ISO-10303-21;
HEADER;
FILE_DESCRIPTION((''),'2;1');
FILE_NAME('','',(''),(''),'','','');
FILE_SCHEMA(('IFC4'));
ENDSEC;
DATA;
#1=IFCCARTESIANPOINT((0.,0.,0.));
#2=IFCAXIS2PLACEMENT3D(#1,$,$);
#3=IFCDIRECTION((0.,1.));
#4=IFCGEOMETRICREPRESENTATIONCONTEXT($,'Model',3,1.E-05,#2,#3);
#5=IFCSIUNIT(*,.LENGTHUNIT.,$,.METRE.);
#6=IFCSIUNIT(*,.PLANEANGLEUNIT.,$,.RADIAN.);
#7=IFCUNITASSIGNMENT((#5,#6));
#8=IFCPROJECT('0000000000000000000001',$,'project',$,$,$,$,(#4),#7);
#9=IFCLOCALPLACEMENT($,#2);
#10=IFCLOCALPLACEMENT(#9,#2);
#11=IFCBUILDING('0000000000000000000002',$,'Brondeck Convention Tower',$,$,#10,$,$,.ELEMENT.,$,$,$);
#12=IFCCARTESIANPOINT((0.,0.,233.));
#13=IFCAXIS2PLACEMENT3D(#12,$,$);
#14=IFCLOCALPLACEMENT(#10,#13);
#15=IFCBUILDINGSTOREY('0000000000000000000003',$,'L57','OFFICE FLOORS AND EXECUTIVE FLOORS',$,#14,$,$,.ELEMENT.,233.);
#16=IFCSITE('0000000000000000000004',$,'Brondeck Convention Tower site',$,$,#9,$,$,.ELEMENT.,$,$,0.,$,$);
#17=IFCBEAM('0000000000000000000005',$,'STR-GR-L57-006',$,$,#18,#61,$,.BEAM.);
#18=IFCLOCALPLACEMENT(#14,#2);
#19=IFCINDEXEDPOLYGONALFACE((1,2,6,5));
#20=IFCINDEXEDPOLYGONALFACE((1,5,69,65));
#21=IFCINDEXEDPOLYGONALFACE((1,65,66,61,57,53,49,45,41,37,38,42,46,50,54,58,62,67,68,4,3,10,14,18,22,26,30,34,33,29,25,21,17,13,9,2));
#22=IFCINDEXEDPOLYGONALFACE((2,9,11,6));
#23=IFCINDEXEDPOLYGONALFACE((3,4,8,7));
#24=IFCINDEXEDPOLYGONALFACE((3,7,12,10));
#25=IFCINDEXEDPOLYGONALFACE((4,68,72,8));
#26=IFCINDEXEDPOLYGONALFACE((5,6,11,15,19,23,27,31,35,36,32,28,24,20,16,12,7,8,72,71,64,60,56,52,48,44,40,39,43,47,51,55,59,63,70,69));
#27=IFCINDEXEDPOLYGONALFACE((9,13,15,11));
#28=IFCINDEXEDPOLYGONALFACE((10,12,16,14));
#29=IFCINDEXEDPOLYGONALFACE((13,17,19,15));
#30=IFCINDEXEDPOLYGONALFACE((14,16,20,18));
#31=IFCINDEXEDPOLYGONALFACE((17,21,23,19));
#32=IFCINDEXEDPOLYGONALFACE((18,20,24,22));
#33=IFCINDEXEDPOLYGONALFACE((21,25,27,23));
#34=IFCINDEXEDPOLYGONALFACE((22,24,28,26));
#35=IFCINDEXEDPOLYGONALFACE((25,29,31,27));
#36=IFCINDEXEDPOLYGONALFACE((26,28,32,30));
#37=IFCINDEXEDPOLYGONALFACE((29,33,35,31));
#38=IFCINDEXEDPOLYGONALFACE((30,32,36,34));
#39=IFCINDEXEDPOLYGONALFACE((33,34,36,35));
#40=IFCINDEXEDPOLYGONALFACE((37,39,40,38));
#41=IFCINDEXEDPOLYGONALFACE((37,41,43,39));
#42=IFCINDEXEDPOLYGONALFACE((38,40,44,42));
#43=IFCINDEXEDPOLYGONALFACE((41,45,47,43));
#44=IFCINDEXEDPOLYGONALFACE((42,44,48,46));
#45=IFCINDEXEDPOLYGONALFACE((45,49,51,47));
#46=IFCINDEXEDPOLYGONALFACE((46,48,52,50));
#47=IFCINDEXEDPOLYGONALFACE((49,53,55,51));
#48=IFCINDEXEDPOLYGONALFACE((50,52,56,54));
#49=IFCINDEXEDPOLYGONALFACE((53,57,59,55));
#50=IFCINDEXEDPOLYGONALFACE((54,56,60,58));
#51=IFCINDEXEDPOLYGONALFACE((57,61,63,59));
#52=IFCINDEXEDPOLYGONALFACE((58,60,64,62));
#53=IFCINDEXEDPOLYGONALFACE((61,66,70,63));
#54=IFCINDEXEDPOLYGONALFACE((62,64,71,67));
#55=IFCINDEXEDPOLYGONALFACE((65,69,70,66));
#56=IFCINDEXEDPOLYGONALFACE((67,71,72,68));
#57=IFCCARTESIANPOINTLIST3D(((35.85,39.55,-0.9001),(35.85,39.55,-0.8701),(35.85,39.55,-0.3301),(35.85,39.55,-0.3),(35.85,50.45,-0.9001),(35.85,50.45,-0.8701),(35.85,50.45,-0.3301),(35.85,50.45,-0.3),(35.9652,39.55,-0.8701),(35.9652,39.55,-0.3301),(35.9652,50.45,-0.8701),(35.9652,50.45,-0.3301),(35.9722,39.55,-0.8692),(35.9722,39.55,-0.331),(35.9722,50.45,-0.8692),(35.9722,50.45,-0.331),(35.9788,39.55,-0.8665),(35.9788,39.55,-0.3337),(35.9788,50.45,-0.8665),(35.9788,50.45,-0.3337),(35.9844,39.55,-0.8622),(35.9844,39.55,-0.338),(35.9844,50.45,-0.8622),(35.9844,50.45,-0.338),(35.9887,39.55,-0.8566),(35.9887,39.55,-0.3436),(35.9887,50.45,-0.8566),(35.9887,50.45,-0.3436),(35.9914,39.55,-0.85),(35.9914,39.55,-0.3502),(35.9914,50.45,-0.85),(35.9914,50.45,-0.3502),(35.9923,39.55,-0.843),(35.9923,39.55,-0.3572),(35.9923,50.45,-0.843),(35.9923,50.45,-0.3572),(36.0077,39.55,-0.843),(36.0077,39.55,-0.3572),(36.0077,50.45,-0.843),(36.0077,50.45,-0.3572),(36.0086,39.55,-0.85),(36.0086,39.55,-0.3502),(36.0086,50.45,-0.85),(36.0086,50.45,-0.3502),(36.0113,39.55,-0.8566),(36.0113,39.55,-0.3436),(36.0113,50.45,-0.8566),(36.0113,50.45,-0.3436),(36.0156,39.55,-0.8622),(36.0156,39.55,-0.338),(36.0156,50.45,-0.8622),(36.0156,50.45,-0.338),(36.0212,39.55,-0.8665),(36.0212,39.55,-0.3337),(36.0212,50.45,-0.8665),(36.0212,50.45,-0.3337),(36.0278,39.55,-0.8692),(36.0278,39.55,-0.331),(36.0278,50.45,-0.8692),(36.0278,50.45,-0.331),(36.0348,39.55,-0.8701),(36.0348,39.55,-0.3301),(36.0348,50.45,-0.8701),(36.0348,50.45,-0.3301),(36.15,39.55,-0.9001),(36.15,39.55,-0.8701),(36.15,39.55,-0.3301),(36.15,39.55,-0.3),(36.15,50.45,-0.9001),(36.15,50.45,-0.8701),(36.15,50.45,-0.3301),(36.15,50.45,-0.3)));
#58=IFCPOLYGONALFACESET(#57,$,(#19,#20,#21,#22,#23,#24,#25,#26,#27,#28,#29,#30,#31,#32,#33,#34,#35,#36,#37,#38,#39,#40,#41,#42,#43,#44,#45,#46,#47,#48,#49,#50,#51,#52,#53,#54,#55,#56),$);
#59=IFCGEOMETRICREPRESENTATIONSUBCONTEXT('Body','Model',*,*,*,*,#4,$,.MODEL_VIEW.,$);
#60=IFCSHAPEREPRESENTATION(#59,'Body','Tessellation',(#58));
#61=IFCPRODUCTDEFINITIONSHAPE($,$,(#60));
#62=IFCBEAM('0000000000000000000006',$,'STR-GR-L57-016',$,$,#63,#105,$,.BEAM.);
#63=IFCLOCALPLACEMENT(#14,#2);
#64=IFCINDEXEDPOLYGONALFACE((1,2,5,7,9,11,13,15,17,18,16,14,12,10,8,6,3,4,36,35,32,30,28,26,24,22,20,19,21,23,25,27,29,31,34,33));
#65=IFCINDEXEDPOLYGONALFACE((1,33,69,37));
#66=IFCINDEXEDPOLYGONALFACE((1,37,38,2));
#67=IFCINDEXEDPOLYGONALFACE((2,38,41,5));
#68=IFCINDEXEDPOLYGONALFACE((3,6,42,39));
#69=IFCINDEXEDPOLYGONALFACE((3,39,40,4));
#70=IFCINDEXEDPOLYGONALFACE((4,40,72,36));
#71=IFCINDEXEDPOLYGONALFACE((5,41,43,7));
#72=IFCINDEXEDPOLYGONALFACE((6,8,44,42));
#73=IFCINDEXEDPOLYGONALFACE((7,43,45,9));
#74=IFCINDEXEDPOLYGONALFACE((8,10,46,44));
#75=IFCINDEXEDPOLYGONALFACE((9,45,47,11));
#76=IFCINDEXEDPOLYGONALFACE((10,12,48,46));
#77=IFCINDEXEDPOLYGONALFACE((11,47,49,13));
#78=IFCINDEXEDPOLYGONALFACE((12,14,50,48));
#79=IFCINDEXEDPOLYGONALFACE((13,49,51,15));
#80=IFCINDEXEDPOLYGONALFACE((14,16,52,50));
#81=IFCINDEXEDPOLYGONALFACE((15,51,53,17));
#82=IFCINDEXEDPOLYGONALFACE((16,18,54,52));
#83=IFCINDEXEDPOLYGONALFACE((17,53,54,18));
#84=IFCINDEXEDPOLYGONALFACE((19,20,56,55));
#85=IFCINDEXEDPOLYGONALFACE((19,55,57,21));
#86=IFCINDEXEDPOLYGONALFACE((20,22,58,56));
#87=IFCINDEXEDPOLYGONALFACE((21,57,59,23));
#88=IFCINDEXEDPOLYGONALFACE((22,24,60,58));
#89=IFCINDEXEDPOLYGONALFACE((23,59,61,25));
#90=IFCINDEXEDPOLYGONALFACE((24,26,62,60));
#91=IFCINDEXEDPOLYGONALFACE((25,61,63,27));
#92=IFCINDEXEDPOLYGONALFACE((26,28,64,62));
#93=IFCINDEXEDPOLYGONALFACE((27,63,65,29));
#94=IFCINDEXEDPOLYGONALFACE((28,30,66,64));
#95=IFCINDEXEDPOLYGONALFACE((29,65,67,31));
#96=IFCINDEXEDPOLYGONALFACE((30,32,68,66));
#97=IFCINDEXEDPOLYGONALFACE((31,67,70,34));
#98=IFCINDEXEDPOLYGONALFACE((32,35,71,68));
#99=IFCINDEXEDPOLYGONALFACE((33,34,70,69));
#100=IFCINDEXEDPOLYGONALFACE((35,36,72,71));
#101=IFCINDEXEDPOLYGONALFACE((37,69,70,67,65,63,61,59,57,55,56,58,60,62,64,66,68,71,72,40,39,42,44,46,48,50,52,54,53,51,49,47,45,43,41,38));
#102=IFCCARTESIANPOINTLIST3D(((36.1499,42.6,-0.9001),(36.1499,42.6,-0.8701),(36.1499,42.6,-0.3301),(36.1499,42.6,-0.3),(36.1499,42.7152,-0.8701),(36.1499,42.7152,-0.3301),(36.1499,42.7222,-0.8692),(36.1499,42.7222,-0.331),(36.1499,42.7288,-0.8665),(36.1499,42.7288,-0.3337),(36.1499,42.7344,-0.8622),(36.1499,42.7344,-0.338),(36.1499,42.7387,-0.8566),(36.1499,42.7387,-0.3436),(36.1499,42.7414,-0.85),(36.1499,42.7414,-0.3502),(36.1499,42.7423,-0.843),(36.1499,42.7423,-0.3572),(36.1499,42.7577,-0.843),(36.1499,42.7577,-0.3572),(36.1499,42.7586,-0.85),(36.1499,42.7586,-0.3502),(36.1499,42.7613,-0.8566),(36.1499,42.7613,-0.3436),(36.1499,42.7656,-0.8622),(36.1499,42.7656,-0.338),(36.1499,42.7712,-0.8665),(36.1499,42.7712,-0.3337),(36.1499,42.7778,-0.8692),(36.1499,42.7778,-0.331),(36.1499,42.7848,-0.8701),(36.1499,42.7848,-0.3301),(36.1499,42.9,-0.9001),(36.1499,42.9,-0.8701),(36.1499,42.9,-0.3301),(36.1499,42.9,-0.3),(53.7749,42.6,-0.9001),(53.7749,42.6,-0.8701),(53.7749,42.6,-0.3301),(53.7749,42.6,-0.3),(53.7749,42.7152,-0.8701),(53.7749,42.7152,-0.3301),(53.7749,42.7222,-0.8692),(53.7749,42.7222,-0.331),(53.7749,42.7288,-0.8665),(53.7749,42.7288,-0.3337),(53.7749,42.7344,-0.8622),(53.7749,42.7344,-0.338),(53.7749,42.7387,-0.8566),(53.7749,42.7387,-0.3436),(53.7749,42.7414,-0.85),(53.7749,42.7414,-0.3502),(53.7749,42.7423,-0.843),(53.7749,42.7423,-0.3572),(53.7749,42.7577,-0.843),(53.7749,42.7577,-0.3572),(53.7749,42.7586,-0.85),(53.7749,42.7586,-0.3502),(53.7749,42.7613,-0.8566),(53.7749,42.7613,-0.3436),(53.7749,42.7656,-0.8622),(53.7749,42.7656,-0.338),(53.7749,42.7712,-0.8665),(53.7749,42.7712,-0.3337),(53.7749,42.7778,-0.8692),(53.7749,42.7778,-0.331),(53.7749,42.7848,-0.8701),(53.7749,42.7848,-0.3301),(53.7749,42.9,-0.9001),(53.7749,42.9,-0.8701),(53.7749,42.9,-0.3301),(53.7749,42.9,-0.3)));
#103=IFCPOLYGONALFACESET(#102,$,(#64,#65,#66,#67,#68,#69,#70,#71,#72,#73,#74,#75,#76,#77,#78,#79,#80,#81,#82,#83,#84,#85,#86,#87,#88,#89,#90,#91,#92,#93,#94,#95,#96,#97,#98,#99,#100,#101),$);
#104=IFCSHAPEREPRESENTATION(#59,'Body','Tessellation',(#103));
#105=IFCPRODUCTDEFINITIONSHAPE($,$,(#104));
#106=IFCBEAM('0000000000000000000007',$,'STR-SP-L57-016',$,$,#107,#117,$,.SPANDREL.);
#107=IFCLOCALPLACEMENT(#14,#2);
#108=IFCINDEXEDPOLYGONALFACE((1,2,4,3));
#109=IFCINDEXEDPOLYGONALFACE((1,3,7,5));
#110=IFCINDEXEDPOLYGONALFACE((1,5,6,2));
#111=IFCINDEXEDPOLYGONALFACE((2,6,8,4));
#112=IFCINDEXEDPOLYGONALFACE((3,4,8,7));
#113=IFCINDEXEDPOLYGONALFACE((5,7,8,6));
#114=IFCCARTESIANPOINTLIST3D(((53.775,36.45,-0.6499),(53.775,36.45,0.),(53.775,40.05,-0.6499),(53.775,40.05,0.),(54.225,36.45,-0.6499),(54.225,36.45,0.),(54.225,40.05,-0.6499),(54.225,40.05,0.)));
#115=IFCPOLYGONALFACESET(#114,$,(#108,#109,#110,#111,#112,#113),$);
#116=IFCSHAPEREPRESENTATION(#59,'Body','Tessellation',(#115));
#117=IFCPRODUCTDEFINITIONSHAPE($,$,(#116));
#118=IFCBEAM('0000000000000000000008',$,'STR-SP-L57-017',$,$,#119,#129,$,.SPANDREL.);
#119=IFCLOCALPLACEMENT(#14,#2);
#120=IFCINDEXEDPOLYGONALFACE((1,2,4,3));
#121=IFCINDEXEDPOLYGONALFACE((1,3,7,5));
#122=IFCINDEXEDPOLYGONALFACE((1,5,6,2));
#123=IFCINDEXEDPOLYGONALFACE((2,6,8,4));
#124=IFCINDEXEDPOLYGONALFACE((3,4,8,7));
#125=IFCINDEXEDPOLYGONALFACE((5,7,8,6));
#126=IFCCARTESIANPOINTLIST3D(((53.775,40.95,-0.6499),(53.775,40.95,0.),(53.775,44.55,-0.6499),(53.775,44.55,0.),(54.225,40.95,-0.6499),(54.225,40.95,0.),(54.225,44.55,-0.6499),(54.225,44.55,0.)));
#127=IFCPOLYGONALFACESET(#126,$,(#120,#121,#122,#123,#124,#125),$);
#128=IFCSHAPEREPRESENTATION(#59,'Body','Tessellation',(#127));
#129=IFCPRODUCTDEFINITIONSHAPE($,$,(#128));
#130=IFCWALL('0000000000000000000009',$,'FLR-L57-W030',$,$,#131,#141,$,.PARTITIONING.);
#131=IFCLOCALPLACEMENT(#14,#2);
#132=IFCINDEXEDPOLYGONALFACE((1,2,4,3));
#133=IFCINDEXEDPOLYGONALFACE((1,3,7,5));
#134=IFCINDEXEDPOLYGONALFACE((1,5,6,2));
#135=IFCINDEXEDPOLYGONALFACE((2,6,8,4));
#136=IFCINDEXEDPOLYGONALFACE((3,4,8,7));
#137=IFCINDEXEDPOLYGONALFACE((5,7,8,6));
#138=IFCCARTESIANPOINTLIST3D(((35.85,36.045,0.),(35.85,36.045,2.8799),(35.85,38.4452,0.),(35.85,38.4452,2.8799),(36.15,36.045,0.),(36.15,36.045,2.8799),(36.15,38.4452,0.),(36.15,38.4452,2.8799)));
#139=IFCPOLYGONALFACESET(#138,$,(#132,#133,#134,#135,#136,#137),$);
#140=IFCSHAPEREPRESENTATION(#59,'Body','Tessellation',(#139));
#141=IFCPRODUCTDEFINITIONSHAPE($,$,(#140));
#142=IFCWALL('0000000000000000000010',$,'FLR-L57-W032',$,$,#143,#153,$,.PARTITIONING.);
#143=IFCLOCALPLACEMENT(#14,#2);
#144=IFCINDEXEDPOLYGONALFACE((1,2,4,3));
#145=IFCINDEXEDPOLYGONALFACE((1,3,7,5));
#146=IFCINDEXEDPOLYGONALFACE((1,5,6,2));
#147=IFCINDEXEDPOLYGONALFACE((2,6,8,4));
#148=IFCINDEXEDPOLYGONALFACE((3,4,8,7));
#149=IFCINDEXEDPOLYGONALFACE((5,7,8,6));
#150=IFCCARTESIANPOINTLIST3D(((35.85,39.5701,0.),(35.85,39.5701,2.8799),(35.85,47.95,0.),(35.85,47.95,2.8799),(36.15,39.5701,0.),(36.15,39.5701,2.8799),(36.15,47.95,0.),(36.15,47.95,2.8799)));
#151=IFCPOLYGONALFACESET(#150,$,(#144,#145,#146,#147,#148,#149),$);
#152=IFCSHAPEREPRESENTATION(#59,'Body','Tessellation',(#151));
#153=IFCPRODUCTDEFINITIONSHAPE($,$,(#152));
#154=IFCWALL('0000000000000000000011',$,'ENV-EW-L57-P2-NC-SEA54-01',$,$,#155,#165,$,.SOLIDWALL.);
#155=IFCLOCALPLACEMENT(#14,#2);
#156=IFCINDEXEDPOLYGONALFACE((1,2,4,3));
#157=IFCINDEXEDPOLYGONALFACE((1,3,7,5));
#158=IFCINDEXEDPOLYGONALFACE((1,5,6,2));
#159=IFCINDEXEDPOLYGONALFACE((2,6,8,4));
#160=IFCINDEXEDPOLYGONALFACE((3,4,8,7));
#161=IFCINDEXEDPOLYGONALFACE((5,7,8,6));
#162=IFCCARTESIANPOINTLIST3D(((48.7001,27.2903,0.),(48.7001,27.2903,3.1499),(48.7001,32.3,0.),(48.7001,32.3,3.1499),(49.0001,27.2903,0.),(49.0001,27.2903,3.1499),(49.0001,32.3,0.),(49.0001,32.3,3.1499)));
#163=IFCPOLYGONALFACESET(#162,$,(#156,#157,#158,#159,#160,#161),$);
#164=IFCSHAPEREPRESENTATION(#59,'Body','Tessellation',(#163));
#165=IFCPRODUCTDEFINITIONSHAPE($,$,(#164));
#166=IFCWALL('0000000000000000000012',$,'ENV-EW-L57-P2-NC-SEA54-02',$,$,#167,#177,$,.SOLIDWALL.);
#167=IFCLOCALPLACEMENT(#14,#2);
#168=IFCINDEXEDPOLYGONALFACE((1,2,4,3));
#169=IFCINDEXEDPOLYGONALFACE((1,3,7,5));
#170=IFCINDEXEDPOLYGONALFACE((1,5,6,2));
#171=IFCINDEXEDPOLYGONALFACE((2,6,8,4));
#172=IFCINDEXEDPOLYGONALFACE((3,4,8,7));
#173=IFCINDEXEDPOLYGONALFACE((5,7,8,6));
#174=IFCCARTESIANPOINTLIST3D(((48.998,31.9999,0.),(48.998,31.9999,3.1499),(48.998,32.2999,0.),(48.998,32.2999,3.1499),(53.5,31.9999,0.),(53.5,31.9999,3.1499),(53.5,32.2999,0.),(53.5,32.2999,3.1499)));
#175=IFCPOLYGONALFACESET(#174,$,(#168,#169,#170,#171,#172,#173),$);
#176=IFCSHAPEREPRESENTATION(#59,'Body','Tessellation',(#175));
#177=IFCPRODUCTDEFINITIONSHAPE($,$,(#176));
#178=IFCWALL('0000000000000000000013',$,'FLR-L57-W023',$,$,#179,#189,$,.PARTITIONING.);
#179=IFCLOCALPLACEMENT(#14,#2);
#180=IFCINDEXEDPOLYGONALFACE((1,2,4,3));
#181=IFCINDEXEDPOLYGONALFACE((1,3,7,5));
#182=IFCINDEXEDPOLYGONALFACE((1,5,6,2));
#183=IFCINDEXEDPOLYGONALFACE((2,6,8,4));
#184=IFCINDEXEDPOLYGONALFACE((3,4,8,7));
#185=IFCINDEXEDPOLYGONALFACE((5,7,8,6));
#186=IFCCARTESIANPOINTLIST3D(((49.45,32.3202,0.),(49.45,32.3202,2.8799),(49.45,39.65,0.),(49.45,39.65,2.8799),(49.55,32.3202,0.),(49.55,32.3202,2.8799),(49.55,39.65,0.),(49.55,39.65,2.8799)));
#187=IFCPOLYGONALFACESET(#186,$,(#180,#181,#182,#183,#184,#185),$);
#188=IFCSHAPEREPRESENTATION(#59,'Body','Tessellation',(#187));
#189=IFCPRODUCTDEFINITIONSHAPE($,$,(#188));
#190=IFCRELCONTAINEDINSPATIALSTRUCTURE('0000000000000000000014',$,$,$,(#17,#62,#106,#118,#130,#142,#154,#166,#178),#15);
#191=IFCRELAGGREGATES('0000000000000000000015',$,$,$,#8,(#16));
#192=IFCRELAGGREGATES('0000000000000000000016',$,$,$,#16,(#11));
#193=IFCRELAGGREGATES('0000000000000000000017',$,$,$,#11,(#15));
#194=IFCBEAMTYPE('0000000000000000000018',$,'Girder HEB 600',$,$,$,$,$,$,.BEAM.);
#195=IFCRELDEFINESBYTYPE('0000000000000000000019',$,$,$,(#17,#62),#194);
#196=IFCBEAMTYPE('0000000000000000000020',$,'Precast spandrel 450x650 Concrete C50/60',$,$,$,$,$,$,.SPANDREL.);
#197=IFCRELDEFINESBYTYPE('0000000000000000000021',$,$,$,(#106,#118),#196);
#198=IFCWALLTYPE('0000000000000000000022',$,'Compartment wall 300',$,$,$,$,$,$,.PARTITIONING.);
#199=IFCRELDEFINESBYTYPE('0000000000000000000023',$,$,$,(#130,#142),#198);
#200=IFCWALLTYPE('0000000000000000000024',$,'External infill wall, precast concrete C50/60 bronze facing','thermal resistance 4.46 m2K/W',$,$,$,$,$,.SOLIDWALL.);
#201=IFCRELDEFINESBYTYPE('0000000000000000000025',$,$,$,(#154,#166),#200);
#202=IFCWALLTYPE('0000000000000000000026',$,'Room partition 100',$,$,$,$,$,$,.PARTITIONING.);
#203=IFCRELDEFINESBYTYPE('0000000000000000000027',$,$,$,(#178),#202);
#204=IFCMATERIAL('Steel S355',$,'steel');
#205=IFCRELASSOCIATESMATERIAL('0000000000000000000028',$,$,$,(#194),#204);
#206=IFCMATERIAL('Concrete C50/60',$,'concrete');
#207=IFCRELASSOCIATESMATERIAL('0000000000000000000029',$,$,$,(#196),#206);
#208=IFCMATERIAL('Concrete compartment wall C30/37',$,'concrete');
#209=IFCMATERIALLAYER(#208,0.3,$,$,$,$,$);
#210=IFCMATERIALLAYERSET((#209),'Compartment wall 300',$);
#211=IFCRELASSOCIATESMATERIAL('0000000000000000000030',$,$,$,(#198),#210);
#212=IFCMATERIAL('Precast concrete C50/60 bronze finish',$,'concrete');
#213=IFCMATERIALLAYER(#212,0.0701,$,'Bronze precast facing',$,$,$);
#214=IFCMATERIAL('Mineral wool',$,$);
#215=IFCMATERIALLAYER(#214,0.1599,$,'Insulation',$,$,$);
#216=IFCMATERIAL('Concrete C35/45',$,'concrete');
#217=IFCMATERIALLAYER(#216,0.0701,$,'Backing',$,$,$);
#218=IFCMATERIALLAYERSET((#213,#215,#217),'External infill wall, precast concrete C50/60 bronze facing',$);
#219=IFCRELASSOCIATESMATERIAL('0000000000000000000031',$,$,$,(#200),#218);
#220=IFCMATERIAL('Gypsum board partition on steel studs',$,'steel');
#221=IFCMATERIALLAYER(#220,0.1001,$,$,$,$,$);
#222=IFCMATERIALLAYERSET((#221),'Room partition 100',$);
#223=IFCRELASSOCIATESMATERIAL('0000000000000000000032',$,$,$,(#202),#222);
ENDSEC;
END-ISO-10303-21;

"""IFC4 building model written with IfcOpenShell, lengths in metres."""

from ifc_helpers import new_model, si_unit, direction, frame, frame_2d, origin, origin_2d, place, context, subcontext, project, spatial, rectangle, i_section, extrude, material, layer, layer_set, material_profile, profile_set, type_object, element, save


model = new_model("IFC4")

# Units and contexts
model_context = context("Model", 3, precision=1e-05, world=origin(), true_north=direction((0.0, 1.0)))
body_context = subcontext(model_context, "Body", "Model", "MODEL_VIEW")
ifc_project = project(units=[si_unit("LENGTHUNIT", "METRE"), si_unit("PLANEANGLEUNIT", "RADIAN")], contexts=[model_context])

# Site, building, storey
site_placement = place(None, origin())
site = spatial("IfcSite", under=ifc_project, at=site_placement, Name="Brondeck Convention Tower site", CompositionType="ELEMENT", RefElevation=0.0)
building_placement = place(site_placement, origin())
building = spatial("IfcBuilding", under=site, at=building_placement, Name="Brondeck Convention Tower", CompositionType="ELEMENT")
storey_placement = place(building_placement, frame((0.0, 0.0, 233.0)))
storey = spatial("IfcBuildingStorey", under=building, at=storey_placement, Name="L57", Description="OFFICE FLOORS AND EXECUTIVE FLOORS", CompositionType="ELEMENT", Elevation=233.0)

# Shared definitions
ifc_material_1 = material(Name="Concrete C50/60", Category="concrete")

# Beams
ifc_material_2 = material(Name="Steel S355", Category="steel")
ifc_material_profile_1 = material_profile(ifc_material_2, i_section(OverallWidth=0.3, OverallDepth=0.6001, WebThickness=0.0154, FlangeThickness=0.03, FilletRadius=0.0271, at=origin_2d()), Name="HEB 600")
ifc_profile_set_1 = profile_set([ifc_material_profile_1], Name="Steel S355")
beam_type_1 = type_object("IfcBeamType", Name="Girder HEB 600", PredefinedType="BEAM", material=ifc_profile_set_1)
beam_1_placement = place(storey_placement, frame((36.0, 39.55, -0.6001), z_axis=(0.0, 1.0, 0.0), x_axis=(-1.0, 0.0, 0.0)))
element("IfcBeam", 1, at=beam_1_placement, inside=storey, type_object=beam_type_1, Name="STR-GR-L57-006", PredefinedType="BEAM", context=body_context, shape_type="SweptSolid", body=[
    extrude(i_section(OverallWidth=0.3, OverallDepth=0.6001, WebThickness=0.0154, FlangeThickness=0.03, FilletRadius=0.0271, at=origin_2d()), origin(), (0.0, 0.0, 1.0), 10.8999),
])
beam_2_placement = place(storey_placement, frame((36.1499, 42.75, -0.6001), z_axis=(1.0, 0.0, 0.0), x_axis=(0.0, 1.0, 0.0)))
element("IfcBeam", 2, at=beam_2_placement, inside=storey, type_object=beam_type_1, Name="STR-GR-L57-016", PredefinedType="BEAM", context=body_context, shape_type="SweptSolid", body=[
    extrude(i_section(OverallWidth=0.3, OverallDepth=0.6001, WebThickness=0.0154, FlangeThickness=0.03, FilletRadius=0.0271, at=origin_2d()), origin(), (0.0, 0.0, 1.0), 17.625),
])
ifc_material_profile_2 = material_profile(ifc_material_1, rectangle(XDim=0.45, YDim=0.6499, at=origin_2d()), Name="Precast spandrel 450x650 Concrete C50/60")
ifc_profile_set_2 = profile_set([ifc_material_profile_2], Name="Concrete C50/60")
beam_type_2 = type_object("IfcBeamType", Name="Precast spandrel 450x650 Concrete C50/60", PredefinedType="SPANDREL", material=ifc_profile_set_2)
for number, where, z_axis, x_axis, name in (
    (3, (54.0, 36.45, -0.325), (0.0, 1.0, 0.0), (-1.0, 0.0, 0.0), "STR-SP-L57-016"),
    (4, (54.0, 40.95, -0.325), (0.0, 1.0, 0.0), (-1.0, 0.0, 0.0), "STR-SP-L57-017"),
):
    element("IfcBeam", number, at=place(storey_placement, frame(where, z_axis=z_axis, x_axis=x_axis)), inside=storey, type_object=beam_type_2, Name=name, PredefinedType="SPANDREL", context=body_context, shape_type="SweptSolid", body=[
        extrude(rectangle(XDim=0.45, YDim=0.6499, at=origin_2d()), origin(), (0.0, 0.0, 1.0), 3.6001),
    ])

# Walls
ifc_material_3 = material(Name="Concrete compartment wall C30/37", Category="concrete")
ifc_layer_1 = layer(ifc_material_3, 0.3)
ifc_layer_set_1 = layer_set([ifc_layer_1], Name="Compartment wall 300")
wall_type_1 = type_object("IfcWallType", Name="Compartment wall 300", PredefinedType="PARTITIONING", material=ifc_layer_set_1)
wall_1_placement = place(storey_placement, frame((36.0, 36.0449, 0.0), z_axis=(0.0, 0.0, 1.0), x_axis=(0.0, 1.0, 0.0)))
element("IfcWall", 5, at=wall_1_placement, inside=storey, type_object=wall_type_1, Name="FLR-L57-W030", PredefinedType="PARTITIONING", context=body_context, shape_type="SweptSolid", body=[
    extrude(rectangle(XDim=2.4001, YDim=0.3, at=frame_2d((1.2002, 0.0))), origin(), (0.0, 0.0, 1.0), 2.8799),
])
wall_2_placement = place(storey_placement, frame((36.0, 39.5701, 0.0), z_axis=(0.0, 0.0, 1.0), x_axis=(0.0, 1.0, 0.0)))
element("IfcWall", 6, at=wall_2_placement, inside=storey, type_object=wall_type_1, Name="FLR-L57-W032", PredefinedType="PARTITIONING", context=body_context, shape_type="SweptSolid", body=[
    extrude(rectangle(XDim=8.3799, YDim=0.3, at=frame_2d((4.1899, 0.0))), origin(), (0.0, 0.0, 1.0), 2.8799),
])
ifc_material_4 = material(Name="Precast concrete C50/60 bronze finish", Category="concrete")
ifc_layer_2 = layer(ifc_material_4, 0.0701, Name="Bronze precast facing")
ifc_material_5 = material(Name="Mineral wool")
ifc_layer_3 = layer(ifc_material_5, 0.1599, Name="Insulation")
ifc_material_6 = material(Name="Concrete C35/45", Category="concrete")
ifc_layer_4 = layer(ifc_material_6, 0.0701, Name="Backing")
ifc_layer_set_2 = layer_set([ifc_layer_2, ifc_layer_3, ifc_layer_4], Name="External infill wall, precast concrete C50/60 bronze facing")
wall_type_2 = type_object("IfcWallType", Name="External infill wall, precast concrete C50/60 bronze facing", Description="thermal resistance 4.46 m2K/W", PredefinedType="SOLIDWALL", material=ifc_layer_set_2)
wall_3_placement = place(storey_placement, frame((48.8501, 32.3, 0.0), z_axis=(0.0, 0.0, 1.0), x_axis=(0.0, -1.0, 0.0)))
element("IfcWall", 7, at=wall_3_placement, inside=storey, type_object=wall_type_2, Name="ENV-EW-L57-P2-NC-SEA54-01", PredefinedType="SOLIDWALL", context=body_context, shape_type="SweptSolid", body=[
    extrude(rectangle(XDim=5.0098, YDim=0.3, at=frame_2d((2.5049, 0.0))), origin(), (0.0, 0.0, 1.0), 3.1499),
])
wall_4_placement = place(storey_placement, frame((53.5, 32.1499, 0.0), z_axis=(0.0, 0.0, 1.0), x_axis=(-1.0, 0.0, 0.0)))
element("IfcWall", 8, at=wall_4_placement, inside=storey, type_object=wall_type_2, Name="ENV-EW-L57-P2-NC-SEA54-02", PredefinedType="SOLIDWALL", context=body_context, shape_type="SweptSolid", body=[
    extrude(rectangle(XDim=4.502, YDim=0.3, at=frame_2d((2.251, 0.0))), origin(), (0.0, 0.0, 1.0), 3.1499),
])
ifc_material_7 = material(Name="Gypsum board partition on steel studs", Category="steel")
ifc_layer_5 = layer(ifc_material_7, 0.1001)
ifc_layer_set_3 = layer_set([ifc_layer_5], Name="Room partition 100")
wall_type_3 = type_object("IfcWallType", Name="Room partition 100", PredefinedType="PARTITIONING", material=ifc_layer_set_3)
wall_5_placement = place(storey_placement, frame((49.5, 32.3201, 0.0), z_axis=(0.0, 0.0, 1.0), x_axis=(0.0, 1.0, 0.0)))
element("IfcWall", 9, at=wall_5_placement, inside=storey, type_object=wall_type_3, Name="FLR-L57-W023", PredefinedType="PARTITIONING", context=body_context, shape_type="SweptSolid", body=[
    extrude(rectangle(XDim=7.3298, YDim=0.1001, at=frame_2d((3.665, 0.0))), origin(), (0.0, 0.0, 1.0), 2.8799),
])

save(model, "model.ifc")
